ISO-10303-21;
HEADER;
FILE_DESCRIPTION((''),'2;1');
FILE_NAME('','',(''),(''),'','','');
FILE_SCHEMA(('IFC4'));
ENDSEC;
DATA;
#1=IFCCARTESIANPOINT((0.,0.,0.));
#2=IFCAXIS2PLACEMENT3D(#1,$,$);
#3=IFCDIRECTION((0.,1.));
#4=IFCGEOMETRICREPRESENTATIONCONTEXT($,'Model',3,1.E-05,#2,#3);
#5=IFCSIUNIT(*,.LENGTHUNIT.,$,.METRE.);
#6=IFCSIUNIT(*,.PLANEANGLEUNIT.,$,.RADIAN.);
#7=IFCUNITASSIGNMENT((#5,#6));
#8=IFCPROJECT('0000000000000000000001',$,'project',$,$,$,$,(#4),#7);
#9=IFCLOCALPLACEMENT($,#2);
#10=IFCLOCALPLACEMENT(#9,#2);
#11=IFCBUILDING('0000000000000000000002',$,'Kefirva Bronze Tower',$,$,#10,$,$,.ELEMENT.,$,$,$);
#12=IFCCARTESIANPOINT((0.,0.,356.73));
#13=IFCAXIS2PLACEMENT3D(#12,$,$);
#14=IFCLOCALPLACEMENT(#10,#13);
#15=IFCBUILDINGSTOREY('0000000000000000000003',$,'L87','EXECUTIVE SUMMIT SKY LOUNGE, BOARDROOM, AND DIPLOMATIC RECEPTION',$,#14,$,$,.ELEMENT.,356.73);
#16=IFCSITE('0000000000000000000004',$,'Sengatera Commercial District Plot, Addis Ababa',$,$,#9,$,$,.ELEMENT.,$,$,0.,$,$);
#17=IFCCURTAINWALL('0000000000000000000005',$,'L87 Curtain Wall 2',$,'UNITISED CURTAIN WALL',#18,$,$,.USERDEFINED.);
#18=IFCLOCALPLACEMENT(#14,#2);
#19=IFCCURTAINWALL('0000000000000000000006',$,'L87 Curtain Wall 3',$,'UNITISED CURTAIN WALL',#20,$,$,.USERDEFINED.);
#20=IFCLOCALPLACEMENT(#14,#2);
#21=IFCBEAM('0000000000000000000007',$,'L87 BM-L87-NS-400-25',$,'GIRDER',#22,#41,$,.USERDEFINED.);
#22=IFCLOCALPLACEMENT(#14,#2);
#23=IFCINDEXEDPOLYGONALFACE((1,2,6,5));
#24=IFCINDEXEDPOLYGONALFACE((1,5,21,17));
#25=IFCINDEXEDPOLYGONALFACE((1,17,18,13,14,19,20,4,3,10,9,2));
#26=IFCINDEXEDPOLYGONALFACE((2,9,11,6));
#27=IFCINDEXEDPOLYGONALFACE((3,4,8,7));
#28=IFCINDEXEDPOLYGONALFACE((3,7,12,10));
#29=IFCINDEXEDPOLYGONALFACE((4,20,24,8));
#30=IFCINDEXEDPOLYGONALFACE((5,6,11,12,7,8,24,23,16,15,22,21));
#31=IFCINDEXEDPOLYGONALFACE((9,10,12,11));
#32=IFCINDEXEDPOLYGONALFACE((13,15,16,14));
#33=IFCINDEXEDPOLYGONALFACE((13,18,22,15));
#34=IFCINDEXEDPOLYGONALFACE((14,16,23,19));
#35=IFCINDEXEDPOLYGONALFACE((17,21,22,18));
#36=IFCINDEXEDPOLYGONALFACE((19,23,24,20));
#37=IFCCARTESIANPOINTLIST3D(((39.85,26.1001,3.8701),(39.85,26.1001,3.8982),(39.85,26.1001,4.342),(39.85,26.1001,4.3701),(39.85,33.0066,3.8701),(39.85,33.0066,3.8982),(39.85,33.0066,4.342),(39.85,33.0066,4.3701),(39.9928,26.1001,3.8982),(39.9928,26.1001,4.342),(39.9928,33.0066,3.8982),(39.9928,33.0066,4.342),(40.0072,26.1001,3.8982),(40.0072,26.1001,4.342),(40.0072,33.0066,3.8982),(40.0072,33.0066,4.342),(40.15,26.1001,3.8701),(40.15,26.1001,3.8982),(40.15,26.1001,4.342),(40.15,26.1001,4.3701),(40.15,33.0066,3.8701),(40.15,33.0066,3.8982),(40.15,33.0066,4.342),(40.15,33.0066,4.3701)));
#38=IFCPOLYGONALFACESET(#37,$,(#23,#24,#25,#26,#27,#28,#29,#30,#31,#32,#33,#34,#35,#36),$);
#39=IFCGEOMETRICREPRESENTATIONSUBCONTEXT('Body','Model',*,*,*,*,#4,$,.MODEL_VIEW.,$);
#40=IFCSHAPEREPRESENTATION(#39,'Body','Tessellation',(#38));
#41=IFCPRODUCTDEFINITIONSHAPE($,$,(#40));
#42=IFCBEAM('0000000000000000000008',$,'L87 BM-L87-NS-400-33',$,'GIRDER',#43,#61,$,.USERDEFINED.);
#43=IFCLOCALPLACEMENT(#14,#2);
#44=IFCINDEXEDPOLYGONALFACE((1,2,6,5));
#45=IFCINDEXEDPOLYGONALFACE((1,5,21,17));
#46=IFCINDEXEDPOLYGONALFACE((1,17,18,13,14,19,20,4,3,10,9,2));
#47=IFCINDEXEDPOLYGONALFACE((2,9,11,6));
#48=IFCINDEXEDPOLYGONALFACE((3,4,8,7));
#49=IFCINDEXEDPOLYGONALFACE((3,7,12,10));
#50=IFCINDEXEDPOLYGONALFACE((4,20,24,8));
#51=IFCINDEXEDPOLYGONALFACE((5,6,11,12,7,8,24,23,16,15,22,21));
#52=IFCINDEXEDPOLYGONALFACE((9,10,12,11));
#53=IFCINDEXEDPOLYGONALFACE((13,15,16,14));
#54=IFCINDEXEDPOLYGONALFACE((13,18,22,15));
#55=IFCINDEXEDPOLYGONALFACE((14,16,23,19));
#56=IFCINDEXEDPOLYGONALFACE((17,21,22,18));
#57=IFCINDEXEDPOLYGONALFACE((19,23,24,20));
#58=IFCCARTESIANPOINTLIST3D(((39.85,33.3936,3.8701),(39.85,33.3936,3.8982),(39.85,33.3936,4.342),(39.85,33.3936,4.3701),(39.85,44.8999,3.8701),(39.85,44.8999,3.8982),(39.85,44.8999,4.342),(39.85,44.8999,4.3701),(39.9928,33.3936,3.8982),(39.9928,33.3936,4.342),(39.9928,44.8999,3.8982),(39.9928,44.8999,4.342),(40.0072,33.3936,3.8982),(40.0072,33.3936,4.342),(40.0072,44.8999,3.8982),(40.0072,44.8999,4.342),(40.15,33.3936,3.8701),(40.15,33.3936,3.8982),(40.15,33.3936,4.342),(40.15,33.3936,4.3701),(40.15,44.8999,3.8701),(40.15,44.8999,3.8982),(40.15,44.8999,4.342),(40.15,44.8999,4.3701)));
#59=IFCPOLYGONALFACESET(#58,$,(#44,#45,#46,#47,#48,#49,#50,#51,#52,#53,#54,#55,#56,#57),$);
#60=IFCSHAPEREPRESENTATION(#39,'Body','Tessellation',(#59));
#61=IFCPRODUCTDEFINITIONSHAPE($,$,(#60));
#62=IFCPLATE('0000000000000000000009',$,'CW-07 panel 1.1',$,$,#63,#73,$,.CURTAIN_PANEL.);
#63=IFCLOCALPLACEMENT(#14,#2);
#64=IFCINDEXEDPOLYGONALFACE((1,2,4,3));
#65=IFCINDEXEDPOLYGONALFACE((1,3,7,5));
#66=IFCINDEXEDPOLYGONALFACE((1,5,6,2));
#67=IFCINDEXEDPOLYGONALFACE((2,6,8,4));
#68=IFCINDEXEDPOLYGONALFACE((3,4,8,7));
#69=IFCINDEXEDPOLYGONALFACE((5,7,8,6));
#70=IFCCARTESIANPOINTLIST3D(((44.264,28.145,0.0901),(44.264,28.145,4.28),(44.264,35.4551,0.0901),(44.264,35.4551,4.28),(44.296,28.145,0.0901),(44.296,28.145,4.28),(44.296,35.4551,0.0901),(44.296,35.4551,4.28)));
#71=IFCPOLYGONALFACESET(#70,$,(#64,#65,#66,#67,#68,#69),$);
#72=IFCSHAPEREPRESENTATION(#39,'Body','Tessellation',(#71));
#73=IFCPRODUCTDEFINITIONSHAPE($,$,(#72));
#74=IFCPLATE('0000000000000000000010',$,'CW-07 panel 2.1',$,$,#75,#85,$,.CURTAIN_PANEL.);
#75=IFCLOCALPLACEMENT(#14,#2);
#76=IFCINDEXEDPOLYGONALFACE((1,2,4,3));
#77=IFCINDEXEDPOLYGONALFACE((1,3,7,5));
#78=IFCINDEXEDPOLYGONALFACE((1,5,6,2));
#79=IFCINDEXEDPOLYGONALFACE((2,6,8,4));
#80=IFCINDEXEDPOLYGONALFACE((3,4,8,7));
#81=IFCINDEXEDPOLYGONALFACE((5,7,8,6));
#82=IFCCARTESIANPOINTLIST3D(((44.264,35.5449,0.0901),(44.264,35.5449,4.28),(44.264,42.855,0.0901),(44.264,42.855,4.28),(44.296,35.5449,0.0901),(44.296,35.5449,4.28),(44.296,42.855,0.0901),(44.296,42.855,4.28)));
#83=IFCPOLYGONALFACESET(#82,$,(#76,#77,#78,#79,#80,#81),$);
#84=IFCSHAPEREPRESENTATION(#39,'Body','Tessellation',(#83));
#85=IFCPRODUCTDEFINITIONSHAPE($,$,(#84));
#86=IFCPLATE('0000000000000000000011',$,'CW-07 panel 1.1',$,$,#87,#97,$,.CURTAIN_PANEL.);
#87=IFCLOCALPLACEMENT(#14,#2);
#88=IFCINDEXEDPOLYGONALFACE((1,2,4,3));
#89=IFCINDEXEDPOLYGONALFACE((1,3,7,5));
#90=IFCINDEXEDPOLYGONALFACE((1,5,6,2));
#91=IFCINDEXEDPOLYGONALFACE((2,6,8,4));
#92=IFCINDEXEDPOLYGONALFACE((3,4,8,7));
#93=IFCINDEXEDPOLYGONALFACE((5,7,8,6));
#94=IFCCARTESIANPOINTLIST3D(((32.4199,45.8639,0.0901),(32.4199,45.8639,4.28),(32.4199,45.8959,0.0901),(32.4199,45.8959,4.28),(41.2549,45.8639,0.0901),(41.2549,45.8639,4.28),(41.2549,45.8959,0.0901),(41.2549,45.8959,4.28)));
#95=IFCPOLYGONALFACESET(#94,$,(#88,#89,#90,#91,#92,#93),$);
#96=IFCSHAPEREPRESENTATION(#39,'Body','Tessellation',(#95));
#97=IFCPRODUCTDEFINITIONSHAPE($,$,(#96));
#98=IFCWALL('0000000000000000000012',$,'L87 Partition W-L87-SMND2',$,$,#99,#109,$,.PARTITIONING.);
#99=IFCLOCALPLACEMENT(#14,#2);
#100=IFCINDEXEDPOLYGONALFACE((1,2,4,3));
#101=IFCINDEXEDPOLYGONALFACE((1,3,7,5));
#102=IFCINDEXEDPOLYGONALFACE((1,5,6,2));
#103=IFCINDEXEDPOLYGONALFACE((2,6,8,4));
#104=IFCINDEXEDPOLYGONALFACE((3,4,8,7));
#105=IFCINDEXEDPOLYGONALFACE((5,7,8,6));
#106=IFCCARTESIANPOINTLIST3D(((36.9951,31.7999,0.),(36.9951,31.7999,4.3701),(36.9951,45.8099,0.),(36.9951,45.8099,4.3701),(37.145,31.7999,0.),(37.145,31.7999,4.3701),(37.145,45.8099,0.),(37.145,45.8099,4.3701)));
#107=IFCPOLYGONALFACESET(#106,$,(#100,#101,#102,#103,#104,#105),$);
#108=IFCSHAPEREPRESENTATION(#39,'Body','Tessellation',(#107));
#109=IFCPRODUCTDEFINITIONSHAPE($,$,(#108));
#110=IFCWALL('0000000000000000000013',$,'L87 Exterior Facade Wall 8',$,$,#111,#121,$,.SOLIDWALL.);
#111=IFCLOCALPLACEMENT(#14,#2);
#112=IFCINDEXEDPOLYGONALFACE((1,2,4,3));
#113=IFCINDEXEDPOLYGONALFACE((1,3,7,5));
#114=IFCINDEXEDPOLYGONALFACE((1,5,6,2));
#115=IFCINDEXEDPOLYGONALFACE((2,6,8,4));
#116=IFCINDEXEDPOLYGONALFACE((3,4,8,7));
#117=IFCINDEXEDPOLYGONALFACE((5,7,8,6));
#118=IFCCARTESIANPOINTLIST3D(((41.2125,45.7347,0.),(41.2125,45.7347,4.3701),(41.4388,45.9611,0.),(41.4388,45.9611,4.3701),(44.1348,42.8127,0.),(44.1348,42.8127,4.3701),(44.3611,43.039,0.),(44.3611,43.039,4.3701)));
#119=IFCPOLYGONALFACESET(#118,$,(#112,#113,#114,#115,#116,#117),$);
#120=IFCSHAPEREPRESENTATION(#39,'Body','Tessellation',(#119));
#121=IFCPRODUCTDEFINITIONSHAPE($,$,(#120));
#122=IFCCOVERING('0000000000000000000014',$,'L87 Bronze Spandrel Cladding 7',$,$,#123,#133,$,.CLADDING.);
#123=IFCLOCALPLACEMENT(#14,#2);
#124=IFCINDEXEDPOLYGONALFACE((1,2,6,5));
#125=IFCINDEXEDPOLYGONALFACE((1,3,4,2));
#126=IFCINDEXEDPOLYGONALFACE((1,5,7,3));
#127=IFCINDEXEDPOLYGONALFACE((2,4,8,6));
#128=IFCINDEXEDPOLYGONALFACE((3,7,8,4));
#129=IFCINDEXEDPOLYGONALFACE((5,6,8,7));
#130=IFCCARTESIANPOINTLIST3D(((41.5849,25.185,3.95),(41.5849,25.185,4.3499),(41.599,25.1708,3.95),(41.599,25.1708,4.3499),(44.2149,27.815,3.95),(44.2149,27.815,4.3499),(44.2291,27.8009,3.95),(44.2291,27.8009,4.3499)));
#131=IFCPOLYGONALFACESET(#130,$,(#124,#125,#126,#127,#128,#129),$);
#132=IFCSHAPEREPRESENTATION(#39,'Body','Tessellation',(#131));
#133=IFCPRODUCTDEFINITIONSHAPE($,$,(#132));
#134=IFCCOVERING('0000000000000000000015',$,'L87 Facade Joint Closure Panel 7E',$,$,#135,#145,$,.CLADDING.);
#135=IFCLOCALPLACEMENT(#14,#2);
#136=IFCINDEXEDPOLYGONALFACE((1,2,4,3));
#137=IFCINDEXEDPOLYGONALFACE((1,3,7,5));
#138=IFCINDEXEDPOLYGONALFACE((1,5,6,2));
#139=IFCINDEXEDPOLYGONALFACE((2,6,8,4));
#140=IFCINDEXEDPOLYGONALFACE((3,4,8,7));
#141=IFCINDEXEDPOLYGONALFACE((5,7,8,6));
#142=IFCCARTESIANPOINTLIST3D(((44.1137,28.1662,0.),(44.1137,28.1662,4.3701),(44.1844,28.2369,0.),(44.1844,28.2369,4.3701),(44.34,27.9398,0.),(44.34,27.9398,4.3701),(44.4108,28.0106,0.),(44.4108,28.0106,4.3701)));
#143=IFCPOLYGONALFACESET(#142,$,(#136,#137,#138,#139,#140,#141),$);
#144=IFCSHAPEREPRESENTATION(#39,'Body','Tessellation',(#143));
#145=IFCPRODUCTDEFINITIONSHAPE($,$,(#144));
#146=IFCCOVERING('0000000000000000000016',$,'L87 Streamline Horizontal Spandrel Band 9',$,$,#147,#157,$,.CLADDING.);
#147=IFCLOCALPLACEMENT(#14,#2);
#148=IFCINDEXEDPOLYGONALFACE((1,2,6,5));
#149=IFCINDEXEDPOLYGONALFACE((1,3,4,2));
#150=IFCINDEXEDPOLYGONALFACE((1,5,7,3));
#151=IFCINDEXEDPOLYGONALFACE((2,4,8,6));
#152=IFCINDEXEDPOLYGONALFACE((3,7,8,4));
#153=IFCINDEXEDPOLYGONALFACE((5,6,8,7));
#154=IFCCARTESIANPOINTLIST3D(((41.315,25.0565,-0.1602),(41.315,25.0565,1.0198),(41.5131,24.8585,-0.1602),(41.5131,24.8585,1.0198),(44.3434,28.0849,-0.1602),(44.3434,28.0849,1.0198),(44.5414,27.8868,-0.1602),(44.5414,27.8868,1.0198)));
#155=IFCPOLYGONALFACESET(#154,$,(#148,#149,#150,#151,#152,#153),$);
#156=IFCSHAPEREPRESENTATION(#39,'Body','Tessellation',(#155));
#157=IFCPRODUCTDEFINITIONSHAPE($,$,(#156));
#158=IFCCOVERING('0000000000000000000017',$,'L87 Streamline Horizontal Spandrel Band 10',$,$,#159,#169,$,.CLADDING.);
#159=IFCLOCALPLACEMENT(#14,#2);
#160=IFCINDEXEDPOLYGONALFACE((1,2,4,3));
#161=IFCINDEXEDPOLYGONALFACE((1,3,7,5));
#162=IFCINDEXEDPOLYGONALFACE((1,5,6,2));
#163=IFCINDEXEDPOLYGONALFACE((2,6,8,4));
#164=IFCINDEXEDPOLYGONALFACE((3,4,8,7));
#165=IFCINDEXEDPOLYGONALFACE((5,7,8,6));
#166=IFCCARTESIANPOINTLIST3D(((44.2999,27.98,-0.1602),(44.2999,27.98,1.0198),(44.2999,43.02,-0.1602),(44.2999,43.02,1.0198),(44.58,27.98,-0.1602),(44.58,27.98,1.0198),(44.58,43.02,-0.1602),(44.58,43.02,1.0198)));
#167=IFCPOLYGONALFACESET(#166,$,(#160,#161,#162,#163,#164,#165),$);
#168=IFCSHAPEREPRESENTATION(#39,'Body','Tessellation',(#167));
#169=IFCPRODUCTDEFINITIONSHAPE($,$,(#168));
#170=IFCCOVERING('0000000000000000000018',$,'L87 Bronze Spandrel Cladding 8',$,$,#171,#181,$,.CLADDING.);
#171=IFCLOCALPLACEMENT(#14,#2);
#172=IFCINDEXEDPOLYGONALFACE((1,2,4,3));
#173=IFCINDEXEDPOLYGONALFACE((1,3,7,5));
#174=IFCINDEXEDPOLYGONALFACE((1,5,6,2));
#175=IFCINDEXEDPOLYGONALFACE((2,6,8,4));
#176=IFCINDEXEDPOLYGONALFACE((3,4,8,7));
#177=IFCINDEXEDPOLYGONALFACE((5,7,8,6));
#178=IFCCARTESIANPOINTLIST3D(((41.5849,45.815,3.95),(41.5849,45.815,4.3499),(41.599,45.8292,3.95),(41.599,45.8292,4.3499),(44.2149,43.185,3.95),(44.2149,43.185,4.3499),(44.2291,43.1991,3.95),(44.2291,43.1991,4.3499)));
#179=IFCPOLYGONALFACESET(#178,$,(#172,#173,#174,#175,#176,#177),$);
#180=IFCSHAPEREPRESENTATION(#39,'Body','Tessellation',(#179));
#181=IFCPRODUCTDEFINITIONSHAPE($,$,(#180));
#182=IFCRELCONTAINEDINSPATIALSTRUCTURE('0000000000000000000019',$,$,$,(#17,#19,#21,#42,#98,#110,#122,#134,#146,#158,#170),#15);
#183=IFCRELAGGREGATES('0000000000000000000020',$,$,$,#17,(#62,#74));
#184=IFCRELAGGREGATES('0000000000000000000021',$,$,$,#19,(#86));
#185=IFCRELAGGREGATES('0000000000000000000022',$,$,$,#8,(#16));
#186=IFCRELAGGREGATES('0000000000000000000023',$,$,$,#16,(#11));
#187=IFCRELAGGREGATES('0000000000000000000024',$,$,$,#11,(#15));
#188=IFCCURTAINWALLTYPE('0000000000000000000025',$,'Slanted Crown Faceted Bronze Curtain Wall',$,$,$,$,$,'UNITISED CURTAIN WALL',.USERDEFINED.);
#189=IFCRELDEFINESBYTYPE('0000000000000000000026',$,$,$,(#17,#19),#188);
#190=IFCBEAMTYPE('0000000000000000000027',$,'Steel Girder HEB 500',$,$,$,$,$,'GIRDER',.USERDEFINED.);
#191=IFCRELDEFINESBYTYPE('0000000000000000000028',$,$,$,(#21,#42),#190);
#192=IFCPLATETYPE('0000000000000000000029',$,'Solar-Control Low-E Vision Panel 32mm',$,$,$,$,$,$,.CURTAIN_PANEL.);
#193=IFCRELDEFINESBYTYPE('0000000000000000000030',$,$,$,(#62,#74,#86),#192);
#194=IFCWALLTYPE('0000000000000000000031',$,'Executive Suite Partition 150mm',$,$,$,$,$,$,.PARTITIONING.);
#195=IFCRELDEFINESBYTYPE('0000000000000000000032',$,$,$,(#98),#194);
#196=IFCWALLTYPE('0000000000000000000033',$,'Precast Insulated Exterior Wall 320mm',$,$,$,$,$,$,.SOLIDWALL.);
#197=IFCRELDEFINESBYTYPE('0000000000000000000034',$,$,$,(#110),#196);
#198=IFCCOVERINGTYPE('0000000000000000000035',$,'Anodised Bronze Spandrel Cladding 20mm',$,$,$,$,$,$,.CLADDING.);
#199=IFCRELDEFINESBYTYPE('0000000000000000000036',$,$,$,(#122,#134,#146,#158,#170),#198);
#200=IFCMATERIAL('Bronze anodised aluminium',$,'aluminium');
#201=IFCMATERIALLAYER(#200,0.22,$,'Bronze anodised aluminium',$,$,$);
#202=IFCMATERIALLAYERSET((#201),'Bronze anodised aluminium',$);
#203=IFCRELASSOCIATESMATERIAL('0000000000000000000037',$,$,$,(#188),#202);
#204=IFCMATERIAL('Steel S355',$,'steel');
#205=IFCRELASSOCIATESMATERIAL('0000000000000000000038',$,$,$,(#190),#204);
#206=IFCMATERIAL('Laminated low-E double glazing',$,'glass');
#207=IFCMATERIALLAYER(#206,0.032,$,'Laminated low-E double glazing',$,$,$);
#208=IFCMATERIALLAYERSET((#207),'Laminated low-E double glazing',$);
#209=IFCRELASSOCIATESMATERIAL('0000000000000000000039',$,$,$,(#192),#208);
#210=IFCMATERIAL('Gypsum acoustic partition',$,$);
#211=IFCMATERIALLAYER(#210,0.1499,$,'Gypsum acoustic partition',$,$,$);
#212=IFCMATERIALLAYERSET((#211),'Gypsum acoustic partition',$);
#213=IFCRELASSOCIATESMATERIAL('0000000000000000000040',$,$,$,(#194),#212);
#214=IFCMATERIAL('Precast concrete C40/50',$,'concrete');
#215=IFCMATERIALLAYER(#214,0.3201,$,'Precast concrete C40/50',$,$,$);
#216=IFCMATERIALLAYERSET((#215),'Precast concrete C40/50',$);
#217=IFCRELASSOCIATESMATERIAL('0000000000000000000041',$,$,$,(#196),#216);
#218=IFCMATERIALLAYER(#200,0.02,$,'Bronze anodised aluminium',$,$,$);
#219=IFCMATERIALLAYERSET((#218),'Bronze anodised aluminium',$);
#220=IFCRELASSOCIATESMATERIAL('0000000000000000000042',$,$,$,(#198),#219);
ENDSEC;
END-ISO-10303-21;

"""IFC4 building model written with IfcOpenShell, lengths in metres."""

from ifc_helpers import new_model, si_unit, direction, frame, frame_2d, origin, origin_2d, place, context, subcontext, project, spatial, rectangle, i_section, extrude, material, layer, layer_set, material_profile, profile_set, type_object, element, aggregate, save


model = new_model("IFC4")

# Units and contexts
model_context = context("Model", 3, precision=1e-05, world=origin(), true_north=direction((0.0, 1.0)))
body_context = subcontext(model_context, "Body", "Model", "MODEL_VIEW")
ifc_project = project(units=[si_unit("LENGTHUNIT", "METRE"), si_unit("PLANEANGLEUNIT", "RADIAN")], contexts=[model_context])

# Site, building, storey
site_placement = place(None, origin())
site = spatial("IfcSite", under=ifc_project, at=site_placement, Name="Sengatera Commercial District Plot, Addis Ababa", CompositionType="ELEMENT", RefElevation=0.0)
building_placement = place(site_placement, origin())
building = spatial("IfcBuilding", under=site, at=building_placement, Name="Kefirva Bronze Tower", CompositionType="ELEMENT")
storey_placement = place(building_placement, frame((0.0, 0.0, 356.73)))
storey = spatial("IfcBuildingStorey", under=building, at=storey_placement, Name="L87", Description="EXECUTIVE SUMMIT SKY LOUNGE, BOARDROOM, AND DIPLOMATIC RECEPTION", CompositionType="ELEMENT", Elevation=356.73)

# Curtain wall
ifc_material_1 = material(Name="Bronze anodised aluminium", Category="aluminium")
ifc_layer_1 = layer(ifc_material_1, 0.22, Name="Bronze anodised aluminium")
ifc_layer_set_1 = layer_set([ifc_layer_1], Name="Bronze anodised aluminium")
curtain_wall_type = type_object("IfcCurtainWallType", Name="Slanted Crown Faceted Bronze Curtain Wall", ElementType="UNITISED CURTAIN WALL", PredefinedType="USERDEFINED", material=ifc_layer_set_1)
curtain_wall_1_placement = place(storey_placement, origin())
curtain_wall_1 = element("IfcCurtainWall", 1, at=curtain_wall_1_placement, inside=storey, type_object=curtain_wall_type, Name="L87 Curtain Wall 2", ObjectType="UNITISED CURTAIN WALL", PredefinedType="USERDEFINED")

# Curtain wall
curtain_wall_2_placement = place(storey_placement, origin())
curtain_wall_2 = element("IfcCurtainWall", 2, at=curtain_wall_2_placement, inside=storey, type_object=curtain_wall_type, Name="L87 Curtain Wall 3", ObjectType="UNITISED CURTAIN WALL", PredefinedType="USERDEFINED")

# Beams
ifc_material_2 = material(Name="Steel S355", Category="steel")
ifc_material_profile_1 = material_profile(ifc_material_2, i_section(OverallWidth=0.3, OverallDepth=0.5, WebThickness=0.0144, FlangeThickness=0.0281, at=origin_2d()), Name="HEB 500")
ifc_profile_set_1 = profile_set([ifc_material_profile_1], Name="Steel S355")
beam_type = type_object("IfcBeamType", Name="Steel Girder HEB 500", ElementType="GIRDER", PredefinedType="USERDEFINED", material=ifc_profile_set_1)
beam_1_placement = place(storey_placement, frame((40.0, 26.1001, 4.1201), z_axis=(0.0, 1.0, 0.0), x_axis=(-1.0, 0.0, 0.0)))
element("IfcBeam", 3, at=beam_1_placement, inside=storey, type_object=beam_type, Name="L87 BM-L87-NS-400-25", ObjectType="GIRDER", PredefinedType="USERDEFINED", context=body_context, shape_type="SweptSolid", body=[
    extrude(i_section(OverallWidth=0.3, OverallDepth=0.5, WebThickness=0.0144, FlangeThickness=0.0281, at=origin_2d()), origin(), (0.0, 0.0, 1.0), 6.9065),
])
beam_2_placement = place(storey_placement, frame((40.0, 33.3936, 4.1201), z_axis=(0.0, 1.0, 0.0), x_axis=(-1.0, 0.0, 0.0)))
element("IfcBeam", 4, at=beam_2_placement, inside=storey, type_object=beam_type, Name="L87 BM-L87-NS-400-33", ObjectType="GIRDER", PredefinedType="USERDEFINED", context=body_context, shape_type="SweptSolid", body=[
    extrude(i_section(OverallWidth=0.3, OverallDepth=0.5, WebThickness=0.0144, FlangeThickness=0.0281, at=origin_2d()), origin(), (0.0, 0.0, 1.0), 11.5063),
])

# Plates
ifc_material_3 = material(Name="Laminated low-E double glazing", Category="glass")
ifc_layer_2 = layer(ifc_material_3, 0.032, Name="Laminated low-E double glazing")
ifc_layer_set_2 = layer_set([ifc_layer_2], Name="Laminated low-E double glazing")
plate_type = type_object("IfcPlateType", Name="Solar-Control Low-E Vision Panel 32mm", PredefinedType="CURTAIN_PANEL", material=ifc_layer_set_2)
plate_1_placement = place(storey_placement, frame((44.28, 31.8, 0.0901), z_axis=(0.0, 0.0, 1.0), x_axis=(0.0, 1.0, 0.0)))
plate_1 = element("IfcPlate", 5, at=plate_1_placement, type_object=plate_type, Name="CW-07 panel 1.1", PredefinedType="CURTAIN_PANEL", context=body_context, shape_type="SweptSolid", body=[
    extrude(rectangle(XDim=7.3101, YDim=0.032, at=origin_2d()), origin(), (0.0, 0.0, 1.0), 4.1899),
])
plate_2_placement = place(storey_placement, frame((44.28, 39.2, 0.0901), z_axis=(0.0, 0.0, 1.0), x_axis=(0.0, 1.0, 0.0)))
plate_2 = element("IfcPlate", 6, at=plate_2_placement, type_object=plate_type, Name="CW-07 panel 2.1", PredefinedType="CURTAIN_PANEL", context=body_context, shape_type="SweptSolid", body=[
    extrude(rectangle(XDim=7.3101, YDim=0.032, at=origin_2d()), origin(), (0.0, 0.0, 1.0), 4.1899),
])
aggregate(curtain_wall_1, [plate_1, plate_2])
plate_3_placement = place(storey_placement, frame((36.8374, 45.8799, 0.0901), z_axis=(0.0, 0.0, 1.0), x_axis=(-1.0, 0.0, 0.0)))
plate_3 = element("IfcPlate", 7, at=plate_3_placement, type_object=plate_type, Name="CW-07 panel 1.1", PredefinedType="CURTAIN_PANEL", context=body_context, shape_type="SweptSolid", body=[
    extrude(rectangle(XDim=8.835, YDim=0.032, at=origin_2d()), origin(), (0.0, 0.0, 1.0), 4.1899),
])
aggregate(curtain_wall_2, [plate_3])

# Walls
ifc_material_4 = material(Name="Gypsum acoustic partition")
ifc_layer_3 = layer(ifc_material_4, 0.1499, Name="Gypsum acoustic partition")
ifc_layer_set_3 = layer_set([ifc_layer_3], Name="Gypsum acoustic partition")
wall_type_1 = type_object("IfcWallType", Name="Executive Suite Partition 150mm", PredefinedType="PARTITIONING", material=ifc_layer_set_3)
wall_1_placement = place(storey_placement, frame((37.0701, 31.8, 0.0), z_axis=(0.0, 0.0, 1.0), x_axis=(0.0, 1.0, 0.0)))
element("IfcWall", 8, at=wall_1_placement, inside=storey, type_object=wall_type_1, Name="L87 Partition W-L87-SMND2", PredefinedType="PARTITIONING", context=body_context, shape_type="SweptSolid", body=[
    extrude(rectangle(XDim=14.01, YDim=0.1499, at=frame_2d((7.0049, 0.0))), origin(), (0.0, 0.0, 1.0), 4.3701),
])
ifc_material_5 = material(Name="Precast concrete C40/50", Category="concrete")
ifc_layer_4 = layer(ifc_material_5, 0.3201, Name="Precast concrete C40/50")
ifc_layer_set_4 = layer_set([ifc_layer_4], Name="Precast concrete C40/50")
wall_type_2 = type_object("IfcWallType", Name="Precast Insulated Exterior Wall 320mm", PredefinedType="SOLIDWALL", material=ifc_layer_set_4)
wall_2_placement = place(storey_placement, frame((44.248, 42.9258, 0.0), z_axis=(0.0, 0.0, 1.0), x_axis=(-0.707136, 0.707077, 0.0)))
element("IfcWall", 9, at=wall_2_placement, inside=storey, type_object=wall_type_2, Name="L87 Exterior Facade Wall 8", PredefinedType="SOLIDWALL", context=body_context, shape_type="SweptSolid", body=[
    extrude(rectangle(XDim=4.1326, YDim=0.3201, at=frame_2d((2.0664, 0.0))), origin(), (0.0, 0.0, 1.0), 4.3701),
])

# Coverings
ifc_layer_5 = layer(ifc_material_1, 0.02, Name="Bronze anodised aluminium")
ifc_layer_set_5 = layer_set([ifc_layer_5], Name="Bronze anodised aluminium")
covering_type_1 = type_object("IfcCoveringType", Name="Anodised Bronze Spandrel Cladding 20mm", PredefinedType="CLADDING", material=ifc_layer_set_5)
covering_1_placement = place(storey_placement, frame((42.907, 26.4929, 3.95), z_axis=(0.0, 0.0, 1.0), x_axis=(0.707107, 0.707107, 0.0)))
element("IfcCovering", 10, at=covering_1_placement, inside=storey, type_object=covering_type_1, Name="L87 Bronze Spandrel Cladding 7", PredefinedType="CLADDING", context=body_context, shape_type="SweptSolid", body=[
    extrude(rectangle(XDim=3.7195, YDim=0.02, at=origin_2d()), origin(), (0.0, 0.0, 1.0), 0.3999),
])
covering_2_placement = place(storey_placement, frame((44.2622, 28.0884, 0.0), z_axis=(0.0, 0.0, 1.0), x_axis=(0.707107, 0.707107, 0.0)))
element("IfcCovering", 11, at=covering_2_placement, inside=storey, type_object=covering_type_1, Name="L87 Facade Joint Closure Panel 7E", PredefinedType="CLADDING", context=body_context, shape_type="SweptSolid", body=[
    extrude(rectangle(XDim=0.1001, YDim=0.3201, at=origin_2d()), origin(), (0.0, 0.0, 1.0), 4.3701),
])
covering_3_placement = place(storey_placement, frame((42.9282, 26.4717, -0.1602), z_axis=(0.0, 0.0, 1.0), x_axis=(0.707107, 0.707107, 0.0)))
element("IfcCovering", 12, at=covering_3_placement, inside=storey, type_object=covering_type_1, Name="L87 Streamline Horizontal Spandrel Band 9", PredefinedType="CLADDING", context=body_context, shape_type="SweptSolid", body=[
    extrude(rectangle(XDim=4.2827, YDim=0.28, at=origin_2d()), origin(), (0.0, 0.0, 1.0), 1.1799),
])
covering_4_placement = place(storey_placement, frame((44.4399, 35.5, -0.1602), z_axis=(0.0, 0.0, 1.0), x_axis=(0.0, 1.0, 0.0)))
element("IfcCovering", 13, at=covering_4_placement, inside=storey, type_object=covering_type_1, Name="L87 Streamline Horizontal Spandrel Band 10", PredefinedType="CLADDING", context=body_context, shape_type="SweptSolid", body=[
    extrude(rectangle(XDim=15.04, YDim=0.28, at=origin_2d()), origin(), (0.0, 0.0, 1.0), 1.1799),
])
covering_5_placement = place(storey_placement, frame((42.907, 44.5071, 3.95), z_axis=(0.0, 0.0, 1.0), x_axis=(-0.707107, 0.707107, 0.0)))
element("IfcCovering", 14, at=covering_5_placement, inside=storey, type_object=covering_type_1, Name="L87 Bronze Spandrel Cladding 8", PredefinedType="CLADDING", context=body_context, shape_type="SweptSolid", body=[
    extrude(rectangle(XDim=3.7195, YDim=0.02, at=origin_2d()), origin(), (0.0, 0.0, 1.0), 0.3999),
])

save(model, "model.ifc")
